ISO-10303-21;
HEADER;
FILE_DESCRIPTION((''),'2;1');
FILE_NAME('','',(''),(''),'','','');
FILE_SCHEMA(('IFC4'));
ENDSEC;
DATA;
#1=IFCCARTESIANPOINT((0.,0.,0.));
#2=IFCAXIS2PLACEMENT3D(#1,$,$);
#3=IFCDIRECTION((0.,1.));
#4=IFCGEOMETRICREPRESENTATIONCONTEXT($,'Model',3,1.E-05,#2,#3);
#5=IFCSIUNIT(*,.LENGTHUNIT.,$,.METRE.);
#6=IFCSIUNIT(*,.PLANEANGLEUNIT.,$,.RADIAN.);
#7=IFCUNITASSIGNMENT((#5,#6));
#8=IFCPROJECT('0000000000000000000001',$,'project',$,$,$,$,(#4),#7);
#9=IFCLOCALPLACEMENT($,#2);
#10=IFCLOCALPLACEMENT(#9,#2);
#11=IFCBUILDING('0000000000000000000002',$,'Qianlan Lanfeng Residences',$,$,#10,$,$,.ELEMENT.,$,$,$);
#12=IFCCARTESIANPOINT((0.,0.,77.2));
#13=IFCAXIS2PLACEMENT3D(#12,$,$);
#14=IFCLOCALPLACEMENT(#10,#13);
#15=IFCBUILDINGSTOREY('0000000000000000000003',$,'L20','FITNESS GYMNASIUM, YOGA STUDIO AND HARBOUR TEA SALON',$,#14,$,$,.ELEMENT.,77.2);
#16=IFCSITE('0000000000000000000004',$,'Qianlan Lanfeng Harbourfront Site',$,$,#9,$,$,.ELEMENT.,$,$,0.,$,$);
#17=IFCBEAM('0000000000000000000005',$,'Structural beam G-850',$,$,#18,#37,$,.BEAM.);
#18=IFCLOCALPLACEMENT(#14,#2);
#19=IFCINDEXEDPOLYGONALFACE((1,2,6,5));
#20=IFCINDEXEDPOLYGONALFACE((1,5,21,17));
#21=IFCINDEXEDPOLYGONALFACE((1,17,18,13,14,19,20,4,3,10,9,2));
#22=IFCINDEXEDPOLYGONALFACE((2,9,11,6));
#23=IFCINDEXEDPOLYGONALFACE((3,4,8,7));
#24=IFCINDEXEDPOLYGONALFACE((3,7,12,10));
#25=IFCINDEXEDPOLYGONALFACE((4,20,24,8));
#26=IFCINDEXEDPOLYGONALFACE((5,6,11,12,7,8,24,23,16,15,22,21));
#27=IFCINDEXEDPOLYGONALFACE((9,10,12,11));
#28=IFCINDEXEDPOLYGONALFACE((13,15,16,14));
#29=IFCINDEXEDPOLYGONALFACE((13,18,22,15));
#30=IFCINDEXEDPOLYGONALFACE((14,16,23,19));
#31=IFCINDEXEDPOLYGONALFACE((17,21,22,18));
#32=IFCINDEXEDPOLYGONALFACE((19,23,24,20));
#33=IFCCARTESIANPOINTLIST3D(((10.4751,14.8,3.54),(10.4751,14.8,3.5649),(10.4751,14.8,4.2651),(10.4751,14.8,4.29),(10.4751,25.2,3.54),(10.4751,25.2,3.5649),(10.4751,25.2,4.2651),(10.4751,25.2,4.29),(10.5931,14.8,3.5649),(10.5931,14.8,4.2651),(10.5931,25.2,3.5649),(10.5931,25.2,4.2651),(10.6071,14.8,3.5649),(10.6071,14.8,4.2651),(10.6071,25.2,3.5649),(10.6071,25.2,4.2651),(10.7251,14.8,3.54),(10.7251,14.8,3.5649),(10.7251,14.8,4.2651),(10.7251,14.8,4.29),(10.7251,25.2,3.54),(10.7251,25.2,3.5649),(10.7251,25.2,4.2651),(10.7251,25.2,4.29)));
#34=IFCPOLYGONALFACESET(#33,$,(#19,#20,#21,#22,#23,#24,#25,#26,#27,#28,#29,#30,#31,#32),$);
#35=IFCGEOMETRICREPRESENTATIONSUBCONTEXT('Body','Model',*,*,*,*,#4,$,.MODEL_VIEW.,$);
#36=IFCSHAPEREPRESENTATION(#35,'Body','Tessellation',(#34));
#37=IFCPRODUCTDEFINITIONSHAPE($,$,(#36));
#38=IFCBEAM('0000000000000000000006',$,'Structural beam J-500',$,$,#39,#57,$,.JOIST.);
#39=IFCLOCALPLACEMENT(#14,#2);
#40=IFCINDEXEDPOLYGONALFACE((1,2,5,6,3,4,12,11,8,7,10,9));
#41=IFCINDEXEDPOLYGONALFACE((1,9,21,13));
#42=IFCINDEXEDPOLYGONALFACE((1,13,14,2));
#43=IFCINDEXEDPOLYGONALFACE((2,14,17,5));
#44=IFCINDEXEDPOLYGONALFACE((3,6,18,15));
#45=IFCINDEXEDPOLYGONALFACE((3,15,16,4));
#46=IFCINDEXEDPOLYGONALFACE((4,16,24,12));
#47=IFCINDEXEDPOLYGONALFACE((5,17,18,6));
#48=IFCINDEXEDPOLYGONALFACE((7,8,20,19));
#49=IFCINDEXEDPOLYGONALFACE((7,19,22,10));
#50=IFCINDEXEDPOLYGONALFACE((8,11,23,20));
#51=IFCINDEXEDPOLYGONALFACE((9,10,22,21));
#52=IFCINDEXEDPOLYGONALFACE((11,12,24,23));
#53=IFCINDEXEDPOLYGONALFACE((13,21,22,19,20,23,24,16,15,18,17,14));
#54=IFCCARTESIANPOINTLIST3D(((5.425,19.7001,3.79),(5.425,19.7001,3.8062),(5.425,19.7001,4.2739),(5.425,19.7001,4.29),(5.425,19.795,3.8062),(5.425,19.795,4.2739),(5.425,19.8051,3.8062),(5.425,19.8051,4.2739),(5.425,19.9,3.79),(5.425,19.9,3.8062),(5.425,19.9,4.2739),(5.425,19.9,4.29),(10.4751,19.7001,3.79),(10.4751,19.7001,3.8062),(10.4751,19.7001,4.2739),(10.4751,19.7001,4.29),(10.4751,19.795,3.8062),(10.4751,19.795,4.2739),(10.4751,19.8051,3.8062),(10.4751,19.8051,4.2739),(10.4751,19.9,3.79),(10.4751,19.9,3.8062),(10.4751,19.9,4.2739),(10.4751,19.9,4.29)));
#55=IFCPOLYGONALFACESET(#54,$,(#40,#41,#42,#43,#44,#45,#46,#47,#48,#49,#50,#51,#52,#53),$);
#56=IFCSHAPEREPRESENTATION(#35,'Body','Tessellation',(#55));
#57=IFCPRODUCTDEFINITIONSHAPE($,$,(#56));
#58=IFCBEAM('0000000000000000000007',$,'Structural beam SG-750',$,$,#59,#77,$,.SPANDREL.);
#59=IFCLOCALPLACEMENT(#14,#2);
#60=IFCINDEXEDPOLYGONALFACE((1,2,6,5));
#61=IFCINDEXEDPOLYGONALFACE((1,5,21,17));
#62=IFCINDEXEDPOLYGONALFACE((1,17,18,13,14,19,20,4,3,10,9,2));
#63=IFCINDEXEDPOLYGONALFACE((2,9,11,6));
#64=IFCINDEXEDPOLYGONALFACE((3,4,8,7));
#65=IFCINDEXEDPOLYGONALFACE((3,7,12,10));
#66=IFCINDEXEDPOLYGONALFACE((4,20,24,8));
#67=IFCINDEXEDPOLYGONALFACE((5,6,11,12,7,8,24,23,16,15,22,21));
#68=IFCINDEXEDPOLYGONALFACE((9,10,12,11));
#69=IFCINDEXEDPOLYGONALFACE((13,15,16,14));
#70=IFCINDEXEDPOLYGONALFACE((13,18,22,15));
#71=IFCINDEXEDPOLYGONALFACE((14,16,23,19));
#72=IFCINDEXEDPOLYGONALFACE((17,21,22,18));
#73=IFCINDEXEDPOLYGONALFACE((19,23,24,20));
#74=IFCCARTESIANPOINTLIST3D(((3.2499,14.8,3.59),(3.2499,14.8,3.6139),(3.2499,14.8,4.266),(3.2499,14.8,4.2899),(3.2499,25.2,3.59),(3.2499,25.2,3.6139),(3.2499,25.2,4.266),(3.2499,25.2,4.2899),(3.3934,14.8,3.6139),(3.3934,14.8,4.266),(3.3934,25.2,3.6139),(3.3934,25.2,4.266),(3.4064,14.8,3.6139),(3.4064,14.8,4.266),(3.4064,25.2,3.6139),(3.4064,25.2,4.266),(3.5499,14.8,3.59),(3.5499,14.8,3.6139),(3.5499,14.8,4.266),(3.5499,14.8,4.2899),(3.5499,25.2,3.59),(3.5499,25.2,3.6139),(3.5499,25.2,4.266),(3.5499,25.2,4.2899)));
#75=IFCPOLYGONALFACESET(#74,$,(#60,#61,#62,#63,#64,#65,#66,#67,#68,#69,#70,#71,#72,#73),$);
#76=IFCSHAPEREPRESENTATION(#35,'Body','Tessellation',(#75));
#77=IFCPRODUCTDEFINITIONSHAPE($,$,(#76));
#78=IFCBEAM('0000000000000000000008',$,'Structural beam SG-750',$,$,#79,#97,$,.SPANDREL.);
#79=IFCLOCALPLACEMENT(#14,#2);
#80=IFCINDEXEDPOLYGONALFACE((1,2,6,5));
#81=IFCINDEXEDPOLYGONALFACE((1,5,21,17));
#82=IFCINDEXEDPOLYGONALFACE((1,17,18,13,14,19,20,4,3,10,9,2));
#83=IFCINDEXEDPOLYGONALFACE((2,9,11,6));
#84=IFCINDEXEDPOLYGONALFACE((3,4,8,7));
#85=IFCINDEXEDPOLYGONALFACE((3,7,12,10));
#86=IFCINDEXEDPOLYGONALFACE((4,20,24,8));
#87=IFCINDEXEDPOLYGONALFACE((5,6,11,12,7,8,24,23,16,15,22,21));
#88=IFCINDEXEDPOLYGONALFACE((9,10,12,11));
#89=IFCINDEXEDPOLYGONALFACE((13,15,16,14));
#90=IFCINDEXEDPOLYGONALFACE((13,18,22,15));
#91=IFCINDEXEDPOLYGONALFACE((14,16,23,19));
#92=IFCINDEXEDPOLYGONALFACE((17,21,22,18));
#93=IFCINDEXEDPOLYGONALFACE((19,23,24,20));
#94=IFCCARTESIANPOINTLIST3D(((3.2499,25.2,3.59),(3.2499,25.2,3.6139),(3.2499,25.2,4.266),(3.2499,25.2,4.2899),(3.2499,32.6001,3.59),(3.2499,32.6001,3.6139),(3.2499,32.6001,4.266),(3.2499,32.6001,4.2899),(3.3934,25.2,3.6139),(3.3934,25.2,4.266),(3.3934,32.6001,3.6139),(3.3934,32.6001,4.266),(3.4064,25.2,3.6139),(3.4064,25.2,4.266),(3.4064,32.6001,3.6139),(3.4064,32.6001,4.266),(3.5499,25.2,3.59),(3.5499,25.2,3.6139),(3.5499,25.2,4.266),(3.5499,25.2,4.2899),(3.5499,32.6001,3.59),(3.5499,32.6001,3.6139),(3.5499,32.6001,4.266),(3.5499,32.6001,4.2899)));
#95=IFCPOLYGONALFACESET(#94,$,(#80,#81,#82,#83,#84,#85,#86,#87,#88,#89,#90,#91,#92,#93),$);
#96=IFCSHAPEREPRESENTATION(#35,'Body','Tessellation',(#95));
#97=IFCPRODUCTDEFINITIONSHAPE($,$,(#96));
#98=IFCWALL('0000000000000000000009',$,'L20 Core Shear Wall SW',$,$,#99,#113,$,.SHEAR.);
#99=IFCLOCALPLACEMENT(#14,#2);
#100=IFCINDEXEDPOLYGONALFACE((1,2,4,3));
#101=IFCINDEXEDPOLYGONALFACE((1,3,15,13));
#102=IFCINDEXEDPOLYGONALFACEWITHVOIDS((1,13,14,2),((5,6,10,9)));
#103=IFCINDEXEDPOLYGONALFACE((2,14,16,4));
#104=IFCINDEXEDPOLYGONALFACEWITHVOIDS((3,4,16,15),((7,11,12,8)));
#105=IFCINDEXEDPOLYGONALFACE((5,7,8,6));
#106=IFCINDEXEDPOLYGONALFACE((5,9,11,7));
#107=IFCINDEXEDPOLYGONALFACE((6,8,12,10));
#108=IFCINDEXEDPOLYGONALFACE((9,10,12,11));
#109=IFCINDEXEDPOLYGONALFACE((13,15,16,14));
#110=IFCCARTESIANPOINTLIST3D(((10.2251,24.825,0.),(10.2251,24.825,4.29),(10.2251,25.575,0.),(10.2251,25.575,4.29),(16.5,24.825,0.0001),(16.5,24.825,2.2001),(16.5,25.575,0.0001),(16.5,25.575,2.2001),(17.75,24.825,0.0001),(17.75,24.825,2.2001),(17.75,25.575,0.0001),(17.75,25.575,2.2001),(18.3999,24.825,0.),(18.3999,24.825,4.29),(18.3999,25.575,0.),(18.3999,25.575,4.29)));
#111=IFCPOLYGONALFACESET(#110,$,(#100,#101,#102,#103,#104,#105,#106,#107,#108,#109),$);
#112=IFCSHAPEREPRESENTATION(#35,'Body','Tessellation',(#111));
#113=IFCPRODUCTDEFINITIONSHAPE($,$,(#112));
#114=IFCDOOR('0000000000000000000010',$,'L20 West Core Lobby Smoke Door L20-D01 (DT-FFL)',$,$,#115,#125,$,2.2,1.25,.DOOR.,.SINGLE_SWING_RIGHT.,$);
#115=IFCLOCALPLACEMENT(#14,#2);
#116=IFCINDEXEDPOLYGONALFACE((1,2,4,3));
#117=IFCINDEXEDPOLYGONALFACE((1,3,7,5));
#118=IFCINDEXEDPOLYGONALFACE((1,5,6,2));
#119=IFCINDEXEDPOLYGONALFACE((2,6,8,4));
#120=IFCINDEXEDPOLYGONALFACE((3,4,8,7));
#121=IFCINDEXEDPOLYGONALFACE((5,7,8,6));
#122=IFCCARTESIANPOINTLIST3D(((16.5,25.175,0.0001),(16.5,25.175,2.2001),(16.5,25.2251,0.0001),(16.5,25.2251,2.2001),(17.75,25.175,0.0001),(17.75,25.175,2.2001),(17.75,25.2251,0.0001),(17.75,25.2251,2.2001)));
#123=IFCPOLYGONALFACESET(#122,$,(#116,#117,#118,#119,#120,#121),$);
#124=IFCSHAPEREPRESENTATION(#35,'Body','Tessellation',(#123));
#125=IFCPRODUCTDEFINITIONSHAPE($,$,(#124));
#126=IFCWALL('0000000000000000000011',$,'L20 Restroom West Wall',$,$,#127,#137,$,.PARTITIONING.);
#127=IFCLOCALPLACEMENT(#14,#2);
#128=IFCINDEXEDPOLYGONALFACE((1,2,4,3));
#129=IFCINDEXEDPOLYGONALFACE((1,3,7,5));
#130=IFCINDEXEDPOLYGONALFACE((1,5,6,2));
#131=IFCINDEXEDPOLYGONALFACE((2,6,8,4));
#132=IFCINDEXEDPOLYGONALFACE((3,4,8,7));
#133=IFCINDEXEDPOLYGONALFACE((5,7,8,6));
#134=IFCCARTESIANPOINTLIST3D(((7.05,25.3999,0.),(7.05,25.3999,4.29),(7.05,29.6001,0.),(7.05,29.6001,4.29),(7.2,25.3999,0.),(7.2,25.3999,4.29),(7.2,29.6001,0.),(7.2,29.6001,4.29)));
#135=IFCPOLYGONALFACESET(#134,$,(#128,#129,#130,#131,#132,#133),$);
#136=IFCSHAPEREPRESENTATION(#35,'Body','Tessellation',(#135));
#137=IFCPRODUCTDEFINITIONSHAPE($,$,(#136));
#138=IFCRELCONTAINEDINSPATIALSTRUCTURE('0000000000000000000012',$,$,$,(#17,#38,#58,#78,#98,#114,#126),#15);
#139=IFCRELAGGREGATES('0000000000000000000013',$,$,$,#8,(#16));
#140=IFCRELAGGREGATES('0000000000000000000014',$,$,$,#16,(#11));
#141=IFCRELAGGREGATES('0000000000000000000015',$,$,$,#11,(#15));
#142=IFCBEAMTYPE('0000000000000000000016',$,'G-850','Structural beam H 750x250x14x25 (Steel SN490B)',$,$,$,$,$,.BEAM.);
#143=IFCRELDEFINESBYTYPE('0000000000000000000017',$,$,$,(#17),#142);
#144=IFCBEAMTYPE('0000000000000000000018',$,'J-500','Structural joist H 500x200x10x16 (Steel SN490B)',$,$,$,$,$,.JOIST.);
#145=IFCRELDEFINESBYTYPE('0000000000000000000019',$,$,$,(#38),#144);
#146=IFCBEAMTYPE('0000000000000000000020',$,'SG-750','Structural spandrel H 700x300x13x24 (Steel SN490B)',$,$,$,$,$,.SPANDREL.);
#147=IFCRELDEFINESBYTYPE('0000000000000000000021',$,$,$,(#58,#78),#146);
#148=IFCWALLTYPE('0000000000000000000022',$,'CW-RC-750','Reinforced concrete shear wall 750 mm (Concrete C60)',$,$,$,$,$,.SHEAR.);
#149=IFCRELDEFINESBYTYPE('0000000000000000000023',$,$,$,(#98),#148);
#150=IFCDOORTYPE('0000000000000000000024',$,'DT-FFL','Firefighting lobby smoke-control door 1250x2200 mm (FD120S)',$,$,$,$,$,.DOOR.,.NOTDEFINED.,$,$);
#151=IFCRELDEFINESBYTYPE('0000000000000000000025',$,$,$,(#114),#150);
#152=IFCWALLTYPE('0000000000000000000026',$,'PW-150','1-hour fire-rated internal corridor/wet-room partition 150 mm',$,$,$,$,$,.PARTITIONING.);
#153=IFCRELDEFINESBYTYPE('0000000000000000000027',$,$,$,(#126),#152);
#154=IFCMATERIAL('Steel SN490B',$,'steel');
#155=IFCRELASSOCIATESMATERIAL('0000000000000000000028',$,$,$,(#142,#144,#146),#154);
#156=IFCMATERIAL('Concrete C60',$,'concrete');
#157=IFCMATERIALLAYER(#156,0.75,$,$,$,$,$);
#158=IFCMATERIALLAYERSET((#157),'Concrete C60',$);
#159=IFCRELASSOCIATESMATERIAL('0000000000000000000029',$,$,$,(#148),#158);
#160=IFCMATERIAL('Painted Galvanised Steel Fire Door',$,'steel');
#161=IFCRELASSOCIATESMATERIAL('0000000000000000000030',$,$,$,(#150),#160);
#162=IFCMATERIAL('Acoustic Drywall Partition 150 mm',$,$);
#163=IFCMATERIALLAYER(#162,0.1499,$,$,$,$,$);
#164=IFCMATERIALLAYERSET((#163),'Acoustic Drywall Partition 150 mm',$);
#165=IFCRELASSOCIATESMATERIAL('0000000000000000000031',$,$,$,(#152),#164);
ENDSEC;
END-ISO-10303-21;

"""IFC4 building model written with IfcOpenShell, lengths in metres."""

from ifc_helpers import new_model, si_unit, direction, frame, frame_2d, origin, origin_2d, place, context, subcontext, project, spatial, rectangle, i_section, extrude, material, layer, layer_set, material_profile, profile_set, type_object, element, fill, save


model = new_model("IFC4")

# Units and contexts
model_context = context("Model", 3, precision=1e-05, world=origin(), true_north=direction((0.0, 1.0)))
body_context = subcontext(model_context, "Body", "Model", "MODEL_VIEW")
ifc_project = project(units=[si_unit("LENGTHUNIT", "METRE"), si_unit("PLANEANGLEUNIT", "RADIAN")], contexts=[model_context])

# Site, building, storey
site_placement = place(None, origin())
site = spatial("IfcSite", under=ifc_project, at=site_placement, Name="Qianlan Lanfeng Harbourfront Site", CompositionType="ELEMENT", RefElevation=0.0)
building_placement = place(site_placement, origin())
building = spatial("IfcBuilding", under=site, at=building_placement, Name="Qianlan Lanfeng Residences", CompositionType="ELEMENT")
storey_placement = place(building_placement, frame((0.0, 0.0, 77.2)))
storey = spatial("IfcBuildingStorey", under=building, at=storey_placement, Name="L20", Description="FITNESS GYMNASIUM, YOGA STUDIO AND HARBOUR TEA SALON", CompositionType="ELEMENT", Elevation=77.2)

# Shared definitions
ifc_material_1 = material(Name="Steel SN490B", Category="steel")

# Beams
ifc_material_profile_1 = material_profile(ifc_material_1, i_section(OverallWidth=0.25, OverallDepth=0.75, WebThickness=0.0139, FlangeThickness=0.0249, at=origin_2d()), Name="H 750x250x14x25")
ifc_profile_set_1 = profile_set([ifc_material_profile_1], Name="Steel SN490B")
beam_type_1 = type_object("IfcBeamType", Name="G-850", Description="Structural beam H 750x250x14x25 (Steel SN490B)", PredefinedType="BEAM", material=ifc_profile_set_1)
beam_1_placement = place(storey_placement, frame((10.6001, 14.8, 3.915), z_axis=(0.0, 1.0, 0.0), x_axis=(-1.0, 0.0, 0.0)))
element("IfcBeam", 1, at=beam_1_placement, inside=storey, type_object=beam_type_1, Name="Structural beam G-850", PredefinedType="BEAM", context=body_context, shape_type="SweptSolid", body=[
    extrude(i_section(OverallWidth=0.25, OverallDepth=0.75, WebThickness=0.0139, FlangeThickness=0.0249, at=origin_2d()), origin(), (0.0, 0.0, 1.0), 10.3999),
])
ifc_material_profile_2 = material_profile(ifc_material_1, i_section(OverallWidth=0.2, OverallDepth=0.5, WebThickness=0.01, FlangeThickness=0.0161, at=origin_2d()), Name="H 500x200x10x16")
ifc_profile_set_2 = profile_set([ifc_material_profile_2], Name="Steel SN490B")
beam_type_2 = type_object("IfcBeamType", Name="J-500", Description="Structural joist H 500x200x10x16 (Steel SN490B)", PredefinedType="JOIST", material=ifc_profile_set_2)
beam_2_placement = place(storey_placement, frame((5.425, 19.8, 4.04), z_axis=(1.0, 0.0, 0.0), x_axis=(0.0, 1.0, 0.0)))
element("IfcBeam", 2, at=beam_2_placement, inside=storey, type_object=beam_type_2, Name="Structural beam J-500", PredefinedType="JOIST", context=body_context, shape_type="SweptSolid", body=[
    extrude(i_section(OverallWidth=0.2, OverallDepth=0.5, WebThickness=0.01, FlangeThickness=0.0161, at=origin_2d()), origin(), (0.0, 0.0, 1.0), 5.05),
])
ifc_material_profile_3 = material_profile(ifc_material_1, i_section(OverallWidth=0.3, OverallDepth=0.7, WebThickness=0.0129, FlangeThickness=0.0239, at=origin_2d()), Name="H 700x300x13x24")
ifc_profile_set_3 = profile_set([ifc_material_profile_3], Name="Steel SN490B")
beam_type_3 = type_object("IfcBeamType", Name="SG-750", Description="Structural spandrel H 700x300x13x24 (Steel SN490B)", PredefinedType="SPANDREL", material=ifc_profile_set_3)
beam_3_placement = place(storey_placement, frame((3.3999, 14.8, 3.9399), z_axis=(0.0, 1.0, 0.0), x_axis=(-1.0, 0.0, 0.0)))
element("IfcBeam", 3, at=beam_3_placement, inside=storey, type_object=beam_type_3, Name="Structural beam SG-750", PredefinedType="SPANDREL", context=body_context, shape_type="SweptSolid", body=[
    extrude(i_section(OverallWidth=0.3, OverallDepth=0.7, WebThickness=0.0129, FlangeThickness=0.0239, at=origin_2d()), origin(), (0.0, 0.0, 1.0), 10.3999),
])
beam_4_placement = place(storey_placement, frame((3.3999, 25.2, 3.9399), z_axis=(0.0, 1.0, 0.0), x_axis=(-1.0, 0.0, 0.0)))
element("IfcBeam", 4, at=beam_4_placement, inside=storey, type_object=beam_type_3, Name="Structural beam SG-750", PredefinedType="SPANDREL", context=body_context, shape_type="SweptSolid", body=[
    extrude(i_section(OverallWidth=0.3, OverallDepth=0.7, WebThickness=0.0129, FlangeThickness=0.0239, at=origin_2d()), origin(), (0.0, 0.0, 1.0), 7.4001),
])

# Wall, opening, door
ifc_material_2 = material(Name="Concrete C60", Category="concrete")
ifc_layer_1 = layer(ifc_material_2, 0.75)
ifc_layer_set_1 = layer_set([ifc_layer_1], Name="Concrete C60")
wall_type_1 = type_object("IfcWallType", Name="CW-RC-750", Description="Reinforced concrete shear wall 750 mm (Concrete C60)", PredefinedType="SHEAR", material=ifc_layer_set_1)
wall_1_placement = place(storey_placement, frame((10.2251, 25.2, 0.0), z_axis=(0.0, 0.0, 1.0), x_axis=(1.0, 0.0, 0.0)))
wall_1 = element("IfcWall", 5, at=wall_1_placement, inside=storey, type_object=wall_type_1, Name="L20 Core Shear Wall SW", PredefinedType="SHEAR", context=body_context, shape_type="SweptSolid", body=[
    extrude(rectangle(XDim=8.1748, YDim=0.75, at=frame_2d((4.0874, 0.0))), origin(), (0.0, 0.0, 1.0), 4.29),
])
opening_1_placement = place(wall_1_placement, frame((6.2749, 0.0, 0.0)))
opening_1 = element("IfcOpeningElement", 6, at=opening_1_placement, cuts=wall_1, PredefinedType="OPENING", context=body_context, shape_type="SweptSolid", body=[
    extrude(rectangle(XDim=1.25, YDim=2.2, at=frame_2d((0.625, 1.1001))), frame((0.0, 0.385, 0.0), z_axis=(0.0, -1.0, 0.0), x_axis=(1.0, 0.0, 0.0)), (0.0, 0.0, 1.0), 0.77),
])
ifc_material_3 = material(Name="Painted Galvanised Steel Fire Door", Category="steel")
door_type_1 = type_object("IfcDoorType", Name="DT-FFL", Description="Firefighting lobby smoke-control door 1250x2200 mm (FD120S)", OperationType="NOTDEFINED", PredefinedType="DOOR", material=ifc_material_3)
door_1_placement = place(opening_1_placement, frame((1.25, 0.0, 0.0), z_axis=(0.0, 0.0, 1.0), x_axis=(-1.0, 0.0, 0.0)))
door_1 = element("IfcDoor", 7, at=door_1_placement, inside=storey, type_object=door_type_1, Name="L20 West Core Lobby Smoke Door L20-D01 (DT-FFL)", OperationType="SINGLE_SWING_RIGHT", OverallHeight=2.2, OverallWidth=1.25, PredefinedType="DOOR", context=body_context, shape_type="SweptSolid", body=[
    extrude(rectangle(XDim=1.25, YDim=2.2, at=frame_2d((0.625, 1.1001))), frame((0.0, 0.0249, 0.0), z_axis=(0.0, -1.0, 0.0), x_axis=(1.0, 0.0, 0.0)), (0.0, 0.0, 1.0), 0.05),
])
fill(opening_1, door_1)
ifc_material_4 = material(Name="Acoustic Drywall Partition 150 mm")
ifc_layer_2 = layer(ifc_material_4, 0.1499)
ifc_layer_set_2 = layer_set([ifc_layer_2], Name="Acoustic Drywall Partition 150 mm")
wall_type_2 = type_object("IfcWallType", Name="PW-150", Description="1-hour fire-rated internal corridor/wet-room partition 150 mm", PredefinedType="PARTITIONING", material=ifc_layer_set_2)

# Wall
wall_2_placement = place(storey_placement, frame((7.125, 25.3999, 0.0), z_axis=(0.0, 0.0, 1.0), x_axis=(0.0, 1.0, 0.0)))
element("IfcWall", 8, at=wall_2_placement, inside=storey, type_object=wall_type_2, Name="L20 Restroom West Wall", PredefinedType="PARTITIONING", context=body_context, shape_type="SweptSolid", body=[
    extrude(rectangle(XDim=4.2002, YDim=0.1499, at=frame_2d((2.1001, 0.0))), origin(), (0.0, 0.0, 1.0), 4.29),
])

save(model, "model.ifc")
